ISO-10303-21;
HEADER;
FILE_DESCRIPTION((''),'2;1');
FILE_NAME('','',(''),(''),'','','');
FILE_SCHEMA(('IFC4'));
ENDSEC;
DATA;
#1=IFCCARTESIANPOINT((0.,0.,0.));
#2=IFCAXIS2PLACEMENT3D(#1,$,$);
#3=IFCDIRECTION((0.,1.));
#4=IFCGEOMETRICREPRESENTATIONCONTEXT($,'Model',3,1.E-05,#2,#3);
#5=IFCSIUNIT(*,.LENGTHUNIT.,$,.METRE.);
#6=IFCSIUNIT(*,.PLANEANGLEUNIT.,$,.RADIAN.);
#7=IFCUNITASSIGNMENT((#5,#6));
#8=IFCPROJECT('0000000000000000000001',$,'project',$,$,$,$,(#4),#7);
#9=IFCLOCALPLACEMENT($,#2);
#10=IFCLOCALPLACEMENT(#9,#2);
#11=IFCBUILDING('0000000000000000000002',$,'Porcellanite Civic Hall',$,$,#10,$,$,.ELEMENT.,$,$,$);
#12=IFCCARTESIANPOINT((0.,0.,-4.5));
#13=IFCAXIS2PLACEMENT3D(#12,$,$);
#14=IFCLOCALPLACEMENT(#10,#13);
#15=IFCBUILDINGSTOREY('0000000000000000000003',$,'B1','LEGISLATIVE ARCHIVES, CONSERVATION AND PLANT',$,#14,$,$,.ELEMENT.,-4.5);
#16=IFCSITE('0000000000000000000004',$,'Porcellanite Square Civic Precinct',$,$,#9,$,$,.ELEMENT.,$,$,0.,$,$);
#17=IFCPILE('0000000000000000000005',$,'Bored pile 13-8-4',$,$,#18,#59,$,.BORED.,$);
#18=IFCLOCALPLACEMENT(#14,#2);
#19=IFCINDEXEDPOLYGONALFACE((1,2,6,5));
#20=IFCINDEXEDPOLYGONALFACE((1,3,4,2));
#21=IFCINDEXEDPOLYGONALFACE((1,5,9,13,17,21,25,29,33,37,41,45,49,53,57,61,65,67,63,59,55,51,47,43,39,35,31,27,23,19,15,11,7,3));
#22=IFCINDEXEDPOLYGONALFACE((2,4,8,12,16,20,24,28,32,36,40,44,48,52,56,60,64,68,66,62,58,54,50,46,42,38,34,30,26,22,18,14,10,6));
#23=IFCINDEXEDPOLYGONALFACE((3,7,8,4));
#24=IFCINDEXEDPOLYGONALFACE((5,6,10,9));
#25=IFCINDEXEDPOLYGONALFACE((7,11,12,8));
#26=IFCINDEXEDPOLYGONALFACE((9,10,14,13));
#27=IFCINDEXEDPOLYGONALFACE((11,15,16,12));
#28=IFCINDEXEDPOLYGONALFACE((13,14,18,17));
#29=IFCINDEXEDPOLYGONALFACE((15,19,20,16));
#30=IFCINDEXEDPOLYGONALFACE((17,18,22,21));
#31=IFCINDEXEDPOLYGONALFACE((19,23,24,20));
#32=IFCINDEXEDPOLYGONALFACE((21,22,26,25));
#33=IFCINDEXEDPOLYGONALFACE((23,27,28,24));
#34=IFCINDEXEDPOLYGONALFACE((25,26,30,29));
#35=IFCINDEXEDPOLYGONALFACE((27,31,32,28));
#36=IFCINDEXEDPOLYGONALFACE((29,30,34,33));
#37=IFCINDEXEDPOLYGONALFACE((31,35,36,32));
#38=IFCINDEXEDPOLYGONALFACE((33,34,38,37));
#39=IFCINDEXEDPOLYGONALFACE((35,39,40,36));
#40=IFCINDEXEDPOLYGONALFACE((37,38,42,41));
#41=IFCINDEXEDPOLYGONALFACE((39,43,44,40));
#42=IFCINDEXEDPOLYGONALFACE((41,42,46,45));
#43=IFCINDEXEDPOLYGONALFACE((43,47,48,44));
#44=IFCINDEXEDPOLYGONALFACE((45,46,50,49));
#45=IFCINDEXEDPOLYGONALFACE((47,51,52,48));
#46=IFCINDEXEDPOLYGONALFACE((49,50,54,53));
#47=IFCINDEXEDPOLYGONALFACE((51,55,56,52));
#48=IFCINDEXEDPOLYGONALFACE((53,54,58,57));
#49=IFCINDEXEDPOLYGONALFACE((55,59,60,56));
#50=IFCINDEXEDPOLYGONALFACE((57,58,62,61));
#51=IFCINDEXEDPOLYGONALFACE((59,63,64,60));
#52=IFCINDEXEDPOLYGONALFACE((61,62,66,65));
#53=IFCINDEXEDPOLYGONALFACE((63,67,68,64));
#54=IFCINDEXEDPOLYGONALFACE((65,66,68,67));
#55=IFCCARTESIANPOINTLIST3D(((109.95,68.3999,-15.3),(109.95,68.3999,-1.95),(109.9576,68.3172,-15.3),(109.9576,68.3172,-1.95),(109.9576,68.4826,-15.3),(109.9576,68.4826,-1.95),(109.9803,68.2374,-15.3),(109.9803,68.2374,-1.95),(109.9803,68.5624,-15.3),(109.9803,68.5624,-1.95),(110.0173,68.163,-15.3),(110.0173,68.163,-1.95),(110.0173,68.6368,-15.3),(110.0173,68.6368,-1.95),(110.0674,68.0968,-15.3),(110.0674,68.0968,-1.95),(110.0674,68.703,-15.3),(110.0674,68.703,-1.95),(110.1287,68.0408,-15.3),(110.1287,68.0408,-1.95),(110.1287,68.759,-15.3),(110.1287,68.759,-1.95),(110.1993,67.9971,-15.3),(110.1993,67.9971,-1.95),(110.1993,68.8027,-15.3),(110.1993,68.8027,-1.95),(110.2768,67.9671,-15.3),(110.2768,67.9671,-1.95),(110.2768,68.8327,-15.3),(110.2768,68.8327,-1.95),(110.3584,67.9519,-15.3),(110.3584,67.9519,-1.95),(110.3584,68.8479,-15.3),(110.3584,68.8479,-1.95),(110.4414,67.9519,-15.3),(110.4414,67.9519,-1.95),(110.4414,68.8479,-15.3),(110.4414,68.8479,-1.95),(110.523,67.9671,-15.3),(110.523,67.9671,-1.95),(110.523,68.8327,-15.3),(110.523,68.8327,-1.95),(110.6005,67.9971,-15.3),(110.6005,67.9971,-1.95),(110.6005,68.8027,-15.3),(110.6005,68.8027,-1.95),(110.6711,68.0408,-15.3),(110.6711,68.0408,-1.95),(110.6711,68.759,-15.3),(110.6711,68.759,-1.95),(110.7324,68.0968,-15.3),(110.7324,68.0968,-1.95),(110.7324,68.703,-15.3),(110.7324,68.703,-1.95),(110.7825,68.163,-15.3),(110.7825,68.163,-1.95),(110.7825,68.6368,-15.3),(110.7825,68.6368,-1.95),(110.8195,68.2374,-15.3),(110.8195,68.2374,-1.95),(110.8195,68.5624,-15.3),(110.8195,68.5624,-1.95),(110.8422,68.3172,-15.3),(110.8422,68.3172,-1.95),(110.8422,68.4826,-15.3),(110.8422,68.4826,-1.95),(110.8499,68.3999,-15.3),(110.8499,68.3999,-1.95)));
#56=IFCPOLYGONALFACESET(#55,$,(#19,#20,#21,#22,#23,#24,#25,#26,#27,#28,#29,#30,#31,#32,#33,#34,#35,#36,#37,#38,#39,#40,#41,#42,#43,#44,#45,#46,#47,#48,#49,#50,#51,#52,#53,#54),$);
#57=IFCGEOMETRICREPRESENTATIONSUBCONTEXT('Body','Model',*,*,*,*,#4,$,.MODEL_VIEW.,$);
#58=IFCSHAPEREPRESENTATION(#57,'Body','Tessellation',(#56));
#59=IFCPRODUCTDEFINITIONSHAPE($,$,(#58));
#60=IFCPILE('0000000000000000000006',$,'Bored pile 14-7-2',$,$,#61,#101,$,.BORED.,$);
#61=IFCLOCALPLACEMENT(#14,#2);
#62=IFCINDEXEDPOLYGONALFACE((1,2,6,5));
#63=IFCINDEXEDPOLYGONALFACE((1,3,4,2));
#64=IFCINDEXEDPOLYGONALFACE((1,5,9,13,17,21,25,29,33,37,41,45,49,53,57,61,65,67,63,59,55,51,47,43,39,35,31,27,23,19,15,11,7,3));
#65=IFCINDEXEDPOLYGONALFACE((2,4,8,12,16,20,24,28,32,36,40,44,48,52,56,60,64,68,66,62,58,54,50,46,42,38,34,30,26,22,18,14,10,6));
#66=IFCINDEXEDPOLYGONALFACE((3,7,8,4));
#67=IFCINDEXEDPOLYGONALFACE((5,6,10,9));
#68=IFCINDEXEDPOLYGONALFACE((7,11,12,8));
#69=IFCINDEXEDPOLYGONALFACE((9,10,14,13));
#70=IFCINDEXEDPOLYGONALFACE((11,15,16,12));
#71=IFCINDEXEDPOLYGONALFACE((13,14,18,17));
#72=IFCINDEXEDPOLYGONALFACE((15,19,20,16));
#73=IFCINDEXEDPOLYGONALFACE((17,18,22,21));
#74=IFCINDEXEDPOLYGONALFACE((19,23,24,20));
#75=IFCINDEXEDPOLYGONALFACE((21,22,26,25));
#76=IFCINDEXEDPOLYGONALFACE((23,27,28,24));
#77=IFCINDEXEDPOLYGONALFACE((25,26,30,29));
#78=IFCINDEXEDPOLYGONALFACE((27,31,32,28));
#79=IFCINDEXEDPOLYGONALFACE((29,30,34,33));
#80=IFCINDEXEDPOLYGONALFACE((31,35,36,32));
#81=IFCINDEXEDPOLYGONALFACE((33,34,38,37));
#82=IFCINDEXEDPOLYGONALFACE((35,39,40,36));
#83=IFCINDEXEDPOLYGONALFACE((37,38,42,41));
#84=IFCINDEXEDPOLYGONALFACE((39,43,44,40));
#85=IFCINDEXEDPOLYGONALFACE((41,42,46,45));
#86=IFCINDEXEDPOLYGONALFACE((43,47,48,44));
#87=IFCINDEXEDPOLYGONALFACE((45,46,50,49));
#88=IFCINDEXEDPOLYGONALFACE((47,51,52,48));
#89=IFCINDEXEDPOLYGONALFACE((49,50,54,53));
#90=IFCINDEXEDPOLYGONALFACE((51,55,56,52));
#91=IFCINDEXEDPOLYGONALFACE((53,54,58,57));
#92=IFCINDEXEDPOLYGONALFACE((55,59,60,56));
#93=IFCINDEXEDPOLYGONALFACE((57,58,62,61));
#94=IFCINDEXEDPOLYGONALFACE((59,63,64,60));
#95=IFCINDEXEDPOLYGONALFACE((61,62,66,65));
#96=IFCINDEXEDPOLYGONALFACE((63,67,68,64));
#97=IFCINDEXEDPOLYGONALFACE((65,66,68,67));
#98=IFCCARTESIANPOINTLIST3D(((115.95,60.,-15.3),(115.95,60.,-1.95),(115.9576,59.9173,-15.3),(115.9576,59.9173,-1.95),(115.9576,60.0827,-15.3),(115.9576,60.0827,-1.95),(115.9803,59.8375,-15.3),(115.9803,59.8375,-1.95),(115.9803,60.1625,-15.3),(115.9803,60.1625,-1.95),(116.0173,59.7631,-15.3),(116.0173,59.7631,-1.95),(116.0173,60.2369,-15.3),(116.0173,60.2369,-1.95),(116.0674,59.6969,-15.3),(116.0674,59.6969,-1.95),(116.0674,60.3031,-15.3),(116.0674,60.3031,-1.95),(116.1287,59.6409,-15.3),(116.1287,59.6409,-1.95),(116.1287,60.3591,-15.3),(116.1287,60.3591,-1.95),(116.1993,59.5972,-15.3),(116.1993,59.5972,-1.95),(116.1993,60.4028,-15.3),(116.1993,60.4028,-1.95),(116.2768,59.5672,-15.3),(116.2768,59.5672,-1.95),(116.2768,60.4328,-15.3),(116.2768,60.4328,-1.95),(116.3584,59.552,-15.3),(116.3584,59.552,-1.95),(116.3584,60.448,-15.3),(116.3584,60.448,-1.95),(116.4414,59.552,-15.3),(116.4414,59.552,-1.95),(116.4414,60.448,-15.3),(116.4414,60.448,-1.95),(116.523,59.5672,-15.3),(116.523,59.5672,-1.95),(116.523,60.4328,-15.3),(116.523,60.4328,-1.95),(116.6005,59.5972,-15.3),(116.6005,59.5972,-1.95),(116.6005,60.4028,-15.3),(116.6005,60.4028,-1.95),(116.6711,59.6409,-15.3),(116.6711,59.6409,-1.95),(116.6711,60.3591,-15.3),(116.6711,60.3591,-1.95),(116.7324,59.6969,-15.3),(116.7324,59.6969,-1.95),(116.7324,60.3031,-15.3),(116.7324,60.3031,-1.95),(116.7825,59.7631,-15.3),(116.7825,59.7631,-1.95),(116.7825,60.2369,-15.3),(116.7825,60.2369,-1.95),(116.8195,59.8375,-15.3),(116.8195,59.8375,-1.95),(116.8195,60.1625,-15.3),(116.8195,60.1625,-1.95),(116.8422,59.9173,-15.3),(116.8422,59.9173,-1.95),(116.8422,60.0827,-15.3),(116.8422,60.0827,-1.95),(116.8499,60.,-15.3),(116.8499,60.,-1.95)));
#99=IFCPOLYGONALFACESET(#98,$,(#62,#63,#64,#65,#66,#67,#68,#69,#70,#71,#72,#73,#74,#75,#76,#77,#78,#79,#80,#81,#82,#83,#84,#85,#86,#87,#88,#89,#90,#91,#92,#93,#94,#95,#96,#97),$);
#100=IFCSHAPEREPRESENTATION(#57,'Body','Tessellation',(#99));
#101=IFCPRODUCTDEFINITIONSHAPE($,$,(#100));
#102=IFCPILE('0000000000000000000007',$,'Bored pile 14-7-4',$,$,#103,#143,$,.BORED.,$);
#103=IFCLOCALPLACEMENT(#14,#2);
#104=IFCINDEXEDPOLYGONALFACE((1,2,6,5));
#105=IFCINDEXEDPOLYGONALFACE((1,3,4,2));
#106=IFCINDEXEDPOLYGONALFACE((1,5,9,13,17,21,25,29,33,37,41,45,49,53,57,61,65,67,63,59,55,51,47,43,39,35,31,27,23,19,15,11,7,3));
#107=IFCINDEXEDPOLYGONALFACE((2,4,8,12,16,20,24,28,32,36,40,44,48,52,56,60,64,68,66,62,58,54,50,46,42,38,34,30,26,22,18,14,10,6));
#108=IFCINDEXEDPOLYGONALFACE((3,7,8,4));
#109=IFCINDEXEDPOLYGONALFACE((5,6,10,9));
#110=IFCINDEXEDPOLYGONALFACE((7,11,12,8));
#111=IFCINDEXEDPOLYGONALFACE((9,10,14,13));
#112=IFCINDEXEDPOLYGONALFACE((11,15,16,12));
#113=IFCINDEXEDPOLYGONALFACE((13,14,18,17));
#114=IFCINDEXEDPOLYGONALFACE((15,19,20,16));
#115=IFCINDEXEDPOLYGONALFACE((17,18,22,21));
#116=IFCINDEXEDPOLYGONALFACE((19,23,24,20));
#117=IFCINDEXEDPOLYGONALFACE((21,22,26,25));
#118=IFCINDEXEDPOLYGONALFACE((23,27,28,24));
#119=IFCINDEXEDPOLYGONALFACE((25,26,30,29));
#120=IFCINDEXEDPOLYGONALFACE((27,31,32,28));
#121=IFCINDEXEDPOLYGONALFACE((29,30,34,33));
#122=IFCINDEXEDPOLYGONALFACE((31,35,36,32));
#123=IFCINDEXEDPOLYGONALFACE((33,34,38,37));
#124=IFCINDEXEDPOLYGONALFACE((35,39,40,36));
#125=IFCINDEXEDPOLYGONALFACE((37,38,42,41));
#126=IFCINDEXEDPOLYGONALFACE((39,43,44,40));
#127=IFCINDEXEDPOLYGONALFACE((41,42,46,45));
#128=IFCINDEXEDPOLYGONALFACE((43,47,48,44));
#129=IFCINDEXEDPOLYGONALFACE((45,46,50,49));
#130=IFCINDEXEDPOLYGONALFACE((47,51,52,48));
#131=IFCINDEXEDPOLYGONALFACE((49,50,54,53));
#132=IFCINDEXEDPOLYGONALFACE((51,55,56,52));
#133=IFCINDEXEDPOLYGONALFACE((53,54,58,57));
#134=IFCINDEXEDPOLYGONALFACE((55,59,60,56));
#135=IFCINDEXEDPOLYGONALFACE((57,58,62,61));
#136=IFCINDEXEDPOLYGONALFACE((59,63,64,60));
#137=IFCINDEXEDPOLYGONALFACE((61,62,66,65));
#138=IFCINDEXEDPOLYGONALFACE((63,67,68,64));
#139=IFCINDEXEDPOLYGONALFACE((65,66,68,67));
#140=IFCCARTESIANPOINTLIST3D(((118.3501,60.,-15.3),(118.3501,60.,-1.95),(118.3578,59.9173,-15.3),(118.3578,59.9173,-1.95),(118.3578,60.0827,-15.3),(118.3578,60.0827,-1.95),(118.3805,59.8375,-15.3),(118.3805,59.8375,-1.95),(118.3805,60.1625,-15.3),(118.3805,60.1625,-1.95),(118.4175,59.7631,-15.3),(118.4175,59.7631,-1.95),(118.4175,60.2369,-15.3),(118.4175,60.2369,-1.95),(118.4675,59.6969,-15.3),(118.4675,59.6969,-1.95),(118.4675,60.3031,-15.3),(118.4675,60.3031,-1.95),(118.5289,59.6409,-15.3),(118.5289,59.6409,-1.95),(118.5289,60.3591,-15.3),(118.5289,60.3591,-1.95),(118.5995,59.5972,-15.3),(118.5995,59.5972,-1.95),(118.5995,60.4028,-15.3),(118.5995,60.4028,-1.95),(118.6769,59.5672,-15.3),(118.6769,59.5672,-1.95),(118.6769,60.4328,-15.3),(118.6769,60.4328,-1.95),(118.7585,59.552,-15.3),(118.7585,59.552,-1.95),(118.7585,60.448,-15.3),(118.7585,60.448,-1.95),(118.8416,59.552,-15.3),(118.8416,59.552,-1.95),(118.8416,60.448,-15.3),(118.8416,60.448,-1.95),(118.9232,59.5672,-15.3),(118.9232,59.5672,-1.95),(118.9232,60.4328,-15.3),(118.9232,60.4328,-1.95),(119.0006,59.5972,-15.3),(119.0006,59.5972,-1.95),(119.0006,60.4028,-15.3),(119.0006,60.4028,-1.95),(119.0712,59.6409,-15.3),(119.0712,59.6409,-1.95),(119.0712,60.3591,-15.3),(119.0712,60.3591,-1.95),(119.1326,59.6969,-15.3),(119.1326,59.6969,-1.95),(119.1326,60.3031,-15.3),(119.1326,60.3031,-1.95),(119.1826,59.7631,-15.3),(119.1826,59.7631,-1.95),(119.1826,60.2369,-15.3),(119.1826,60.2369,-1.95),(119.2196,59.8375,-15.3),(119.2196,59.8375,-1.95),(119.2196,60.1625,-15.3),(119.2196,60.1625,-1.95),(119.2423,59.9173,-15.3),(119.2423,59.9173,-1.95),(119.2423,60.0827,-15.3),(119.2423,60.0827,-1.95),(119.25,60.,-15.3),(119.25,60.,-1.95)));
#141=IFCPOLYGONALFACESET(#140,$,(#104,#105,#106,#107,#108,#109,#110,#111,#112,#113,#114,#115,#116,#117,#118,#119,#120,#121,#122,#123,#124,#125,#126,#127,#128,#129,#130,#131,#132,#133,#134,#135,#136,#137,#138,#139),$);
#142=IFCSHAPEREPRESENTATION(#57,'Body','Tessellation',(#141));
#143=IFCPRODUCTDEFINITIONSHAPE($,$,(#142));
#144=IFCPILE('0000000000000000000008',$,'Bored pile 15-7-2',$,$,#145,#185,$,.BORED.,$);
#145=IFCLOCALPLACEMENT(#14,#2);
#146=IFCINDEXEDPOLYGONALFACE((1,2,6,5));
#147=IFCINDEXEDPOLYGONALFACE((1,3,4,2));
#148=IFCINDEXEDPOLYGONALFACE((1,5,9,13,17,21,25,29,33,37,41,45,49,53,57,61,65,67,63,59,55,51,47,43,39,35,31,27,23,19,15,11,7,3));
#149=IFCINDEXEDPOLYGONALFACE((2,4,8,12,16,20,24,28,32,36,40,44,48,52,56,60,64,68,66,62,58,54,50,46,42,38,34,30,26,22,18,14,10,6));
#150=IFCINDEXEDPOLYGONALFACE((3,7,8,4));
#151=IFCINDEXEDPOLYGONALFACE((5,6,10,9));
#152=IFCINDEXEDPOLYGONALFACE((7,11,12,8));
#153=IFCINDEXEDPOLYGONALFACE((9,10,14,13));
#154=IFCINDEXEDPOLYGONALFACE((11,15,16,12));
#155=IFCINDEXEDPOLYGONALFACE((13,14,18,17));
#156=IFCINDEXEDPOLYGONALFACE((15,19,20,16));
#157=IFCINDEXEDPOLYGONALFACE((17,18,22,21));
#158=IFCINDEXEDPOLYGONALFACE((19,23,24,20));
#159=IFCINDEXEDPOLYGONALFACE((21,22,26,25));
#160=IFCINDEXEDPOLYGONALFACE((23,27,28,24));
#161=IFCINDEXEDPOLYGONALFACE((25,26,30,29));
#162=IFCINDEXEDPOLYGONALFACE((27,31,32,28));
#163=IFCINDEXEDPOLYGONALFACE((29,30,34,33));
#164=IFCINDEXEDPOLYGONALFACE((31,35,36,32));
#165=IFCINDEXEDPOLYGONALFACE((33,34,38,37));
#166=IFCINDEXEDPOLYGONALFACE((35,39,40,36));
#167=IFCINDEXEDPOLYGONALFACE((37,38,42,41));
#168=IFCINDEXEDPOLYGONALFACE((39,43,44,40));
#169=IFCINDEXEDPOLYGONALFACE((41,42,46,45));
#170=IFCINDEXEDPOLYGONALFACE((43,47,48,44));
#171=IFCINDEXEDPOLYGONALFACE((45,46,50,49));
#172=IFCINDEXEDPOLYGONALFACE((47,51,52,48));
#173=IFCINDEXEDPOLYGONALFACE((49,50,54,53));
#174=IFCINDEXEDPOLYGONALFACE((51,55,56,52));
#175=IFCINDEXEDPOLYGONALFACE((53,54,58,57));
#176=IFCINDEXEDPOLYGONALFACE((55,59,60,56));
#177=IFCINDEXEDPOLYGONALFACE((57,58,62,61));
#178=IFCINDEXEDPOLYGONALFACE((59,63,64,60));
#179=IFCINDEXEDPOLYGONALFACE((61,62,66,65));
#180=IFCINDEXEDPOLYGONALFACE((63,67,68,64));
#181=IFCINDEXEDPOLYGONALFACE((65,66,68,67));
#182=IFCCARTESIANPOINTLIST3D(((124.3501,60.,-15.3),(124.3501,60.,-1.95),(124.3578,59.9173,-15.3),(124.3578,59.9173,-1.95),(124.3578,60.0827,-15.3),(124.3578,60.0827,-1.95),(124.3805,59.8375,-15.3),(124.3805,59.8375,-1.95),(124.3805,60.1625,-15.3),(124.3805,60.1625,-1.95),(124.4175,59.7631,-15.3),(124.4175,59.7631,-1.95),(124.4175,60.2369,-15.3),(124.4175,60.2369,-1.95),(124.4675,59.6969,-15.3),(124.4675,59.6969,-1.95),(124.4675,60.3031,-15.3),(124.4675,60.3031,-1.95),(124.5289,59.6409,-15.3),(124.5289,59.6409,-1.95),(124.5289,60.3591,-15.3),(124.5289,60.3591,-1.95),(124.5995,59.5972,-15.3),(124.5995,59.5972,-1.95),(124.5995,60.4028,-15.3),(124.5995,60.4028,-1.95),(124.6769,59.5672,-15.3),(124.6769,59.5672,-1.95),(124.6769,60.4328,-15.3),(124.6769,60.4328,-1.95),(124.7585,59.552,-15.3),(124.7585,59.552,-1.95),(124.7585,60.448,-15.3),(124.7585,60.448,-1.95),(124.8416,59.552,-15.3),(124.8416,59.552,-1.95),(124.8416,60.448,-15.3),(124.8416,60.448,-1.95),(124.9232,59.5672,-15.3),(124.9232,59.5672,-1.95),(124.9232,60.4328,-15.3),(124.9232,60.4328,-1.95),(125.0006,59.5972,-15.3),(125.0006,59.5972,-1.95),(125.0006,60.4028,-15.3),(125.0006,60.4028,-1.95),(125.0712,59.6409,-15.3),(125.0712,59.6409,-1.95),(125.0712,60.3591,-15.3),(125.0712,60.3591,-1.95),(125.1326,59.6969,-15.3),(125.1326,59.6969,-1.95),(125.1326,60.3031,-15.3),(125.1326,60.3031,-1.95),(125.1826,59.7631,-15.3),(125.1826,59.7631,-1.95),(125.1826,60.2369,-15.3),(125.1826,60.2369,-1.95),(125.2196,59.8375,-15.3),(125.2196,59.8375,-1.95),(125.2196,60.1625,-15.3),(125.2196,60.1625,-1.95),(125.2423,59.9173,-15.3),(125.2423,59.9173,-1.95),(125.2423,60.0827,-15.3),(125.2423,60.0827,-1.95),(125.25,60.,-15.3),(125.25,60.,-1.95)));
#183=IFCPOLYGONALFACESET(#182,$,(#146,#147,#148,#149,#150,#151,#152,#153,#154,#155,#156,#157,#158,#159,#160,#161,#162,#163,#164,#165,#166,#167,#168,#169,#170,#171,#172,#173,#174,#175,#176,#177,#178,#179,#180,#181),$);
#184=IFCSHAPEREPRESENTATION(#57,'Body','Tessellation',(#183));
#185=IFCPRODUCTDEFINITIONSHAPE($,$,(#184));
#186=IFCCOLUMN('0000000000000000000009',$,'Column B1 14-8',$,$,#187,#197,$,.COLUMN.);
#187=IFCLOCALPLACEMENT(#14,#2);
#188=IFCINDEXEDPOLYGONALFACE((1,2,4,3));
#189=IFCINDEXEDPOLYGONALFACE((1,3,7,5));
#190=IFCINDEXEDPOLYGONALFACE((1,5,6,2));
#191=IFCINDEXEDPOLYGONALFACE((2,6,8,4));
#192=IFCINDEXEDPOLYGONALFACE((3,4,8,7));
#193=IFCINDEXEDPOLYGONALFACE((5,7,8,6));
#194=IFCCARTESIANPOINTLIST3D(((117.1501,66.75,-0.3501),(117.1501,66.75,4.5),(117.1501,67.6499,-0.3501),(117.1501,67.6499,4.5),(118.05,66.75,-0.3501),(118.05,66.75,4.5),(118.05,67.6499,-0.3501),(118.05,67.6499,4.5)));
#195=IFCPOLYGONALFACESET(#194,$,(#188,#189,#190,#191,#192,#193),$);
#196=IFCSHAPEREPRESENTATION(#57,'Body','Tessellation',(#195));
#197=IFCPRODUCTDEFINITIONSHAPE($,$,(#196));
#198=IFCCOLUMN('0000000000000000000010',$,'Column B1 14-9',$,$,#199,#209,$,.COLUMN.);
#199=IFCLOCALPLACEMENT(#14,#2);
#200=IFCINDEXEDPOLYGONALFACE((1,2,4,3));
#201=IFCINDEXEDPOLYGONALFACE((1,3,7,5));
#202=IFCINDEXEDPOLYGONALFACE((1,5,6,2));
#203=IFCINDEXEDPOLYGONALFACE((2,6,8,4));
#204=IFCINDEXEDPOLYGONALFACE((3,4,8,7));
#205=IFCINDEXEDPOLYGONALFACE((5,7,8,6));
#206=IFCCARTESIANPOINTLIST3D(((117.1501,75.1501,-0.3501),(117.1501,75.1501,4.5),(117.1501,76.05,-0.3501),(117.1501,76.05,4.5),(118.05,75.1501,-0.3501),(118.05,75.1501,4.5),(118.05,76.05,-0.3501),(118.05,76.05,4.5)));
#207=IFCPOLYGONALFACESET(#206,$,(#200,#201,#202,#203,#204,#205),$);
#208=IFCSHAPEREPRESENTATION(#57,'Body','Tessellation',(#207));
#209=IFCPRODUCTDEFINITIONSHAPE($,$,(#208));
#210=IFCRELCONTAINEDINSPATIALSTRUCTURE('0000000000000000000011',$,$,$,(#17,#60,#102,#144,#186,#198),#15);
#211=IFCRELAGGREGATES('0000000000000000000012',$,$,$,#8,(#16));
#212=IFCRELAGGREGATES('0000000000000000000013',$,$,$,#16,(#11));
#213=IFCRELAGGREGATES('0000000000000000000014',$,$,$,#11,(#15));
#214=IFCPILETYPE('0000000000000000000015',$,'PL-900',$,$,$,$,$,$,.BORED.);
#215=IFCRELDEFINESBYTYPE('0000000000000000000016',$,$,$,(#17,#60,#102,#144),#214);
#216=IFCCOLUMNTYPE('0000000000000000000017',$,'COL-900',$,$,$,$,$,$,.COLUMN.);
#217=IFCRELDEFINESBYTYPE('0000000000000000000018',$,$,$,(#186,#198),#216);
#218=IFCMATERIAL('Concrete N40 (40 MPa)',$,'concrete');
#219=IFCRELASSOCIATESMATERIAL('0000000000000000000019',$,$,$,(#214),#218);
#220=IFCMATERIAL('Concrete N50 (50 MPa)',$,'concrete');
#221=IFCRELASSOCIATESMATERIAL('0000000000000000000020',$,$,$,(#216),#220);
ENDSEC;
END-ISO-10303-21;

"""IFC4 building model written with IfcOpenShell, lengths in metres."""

from ifc_helpers import new_model, si_unit, direction, frame, origin, origin_2d, place, context, subcontext, project, spatial, rectangle, circle, extrude, material, material_profile, profile_set, type_object, element, save


model = new_model("IFC4")

# Units and contexts
model_context = context("Model", 3, precision=1e-05, world=origin(), true_north=direction((0.0, 1.0)))
body_context = subcontext(model_context, "Body", "Model", "MODEL_VIEW")
ifc_project = project(units=[si_unit("LENGTHUNIT", "METRE"), si_unit("PLANEANGLEUNIT", "RADIAN")], contexts=[model_context])

# Site, building, storey
site_placement = place(None, origin())
site = spatial("IfcSite", under=ifc_project, at=site_placement, Name="Porcellanite Square Civic Precinct", CompositionType="ELEMENT", RefElevation=0.0)
building_placement = place(site_placement, origin())
building = spatial("IfcBuilding", under=site, at=building_placement, Name="Porcellanite Civic Hall", CompositionType="ELEMENT")
storey_placement = place(building_placement, frame((0.0, 0.0, -4.5)))
storey = spatial("IfcBuildingStorey", under=building, at=storey_placement, Name="B1", Description="LEGISLATIVE ARCHIVES, CONSERVATION AND PLANT", CompositionType="ELEMENT", Elevation=-4.5)

# Piles
ifc_material_1 = material(Name="Concrete N40 (40 MPa)", Category="concrete")
ifc_material_profile_1 = material_profile(ifc_material_1, circle(Radius=0.45, at=origin_2d()), Name="PILE-D900")
ifc_profile_set_1 = profile_set([ifc_material_profile_1], Name="Concrete N40 (40 MPa)")
pile_type_1 = type_object("IfcPileType", Name="PL-900", PredefinedType="BORED", material=ifc_profile_set_1)
for number, where, z_axis, x_axis, name in (
    (1, (110.3999, 68.3999, -1.95), (0.0, 0.0, -1.0), (1.0, 0.0, 0.0), "Bored pile 13-8-4"),
    (2, (116.3999, 60.0, -1.95), (0.0, 0.0, -1.0), (1.0, 0.0, 0.0), "Bored pile 14-7-2"),
    (3, (118.8, 60.0, -1.95), (0.0, 0.0, -1.0), (1.0, 0.0, 0.0), "Bored pile 14-7-4"),
    (4, (124.8, 60.0, -1.95), (0.0, 0.0, -1.0), (1.0, 0.0, 0.0), "Bored pile 15-7-2"),
):
    element("IfcPile", number, at=place(storey_placement, frame(where, z_axis=z_axis, x_axis=x_axis)), inside=storey, type_object=pile_type_1, Name=name, PredefinedType="BORED", context=body_context, shape_type="SweptSolid", body=[
        extrude(circle(Radius=0.45, at=origin_2d()), origin(), (0.0, 0.0, 1.0), 13.3501),
    ])

# Columns
ifc_material_2 = material(Name="Concrete N50 (50 MPa)", Category="concrete")
ifc_material_profile_2 = material_profile(ifc_material_2, rectangle(XDim=0.8999, YDim=0.8999, at=origin_2d()), Name="RC-900x900")
ifc_profile_set_2 = profile_set([ifc_material_profile_2], Name="Concrete N50 (50 MPa)")
column_type = type_object("IfcColumnType", Name="COL-900", PredefinedType="COLUMN", material=ifc_profile_set_2)
for number, where, z_axis, x_axis, name in (
    (5, (117.6001, 67.2, -0.3501), (0.0, 0.0, 1.0), (1.0, 0.0, 0.0), "Column B1 14-8"),
    (6, (117.6001, 75.6001, -0.3501), (0.0, 0.0, 1.0), (1.0, 0.0, 0.0), "Column B1 14-9"),
):
    element("IfcColumn", number, at=place(storey_placement, frame(where, z_axis=z_axis, x_axis=x_axis)), inside=storey, type_object=column_type, Name=name, PredefinedType="COLUMN", context=body_context, shape_type="SweptSolid", body=[
        extrude(rectangle(XDim=0.8999, YDim=0.8999, at=origin_2d()), origin(), (0.0, 0.0, 1.0), 4.8501),
    ])

save(model, "model.ifc")
